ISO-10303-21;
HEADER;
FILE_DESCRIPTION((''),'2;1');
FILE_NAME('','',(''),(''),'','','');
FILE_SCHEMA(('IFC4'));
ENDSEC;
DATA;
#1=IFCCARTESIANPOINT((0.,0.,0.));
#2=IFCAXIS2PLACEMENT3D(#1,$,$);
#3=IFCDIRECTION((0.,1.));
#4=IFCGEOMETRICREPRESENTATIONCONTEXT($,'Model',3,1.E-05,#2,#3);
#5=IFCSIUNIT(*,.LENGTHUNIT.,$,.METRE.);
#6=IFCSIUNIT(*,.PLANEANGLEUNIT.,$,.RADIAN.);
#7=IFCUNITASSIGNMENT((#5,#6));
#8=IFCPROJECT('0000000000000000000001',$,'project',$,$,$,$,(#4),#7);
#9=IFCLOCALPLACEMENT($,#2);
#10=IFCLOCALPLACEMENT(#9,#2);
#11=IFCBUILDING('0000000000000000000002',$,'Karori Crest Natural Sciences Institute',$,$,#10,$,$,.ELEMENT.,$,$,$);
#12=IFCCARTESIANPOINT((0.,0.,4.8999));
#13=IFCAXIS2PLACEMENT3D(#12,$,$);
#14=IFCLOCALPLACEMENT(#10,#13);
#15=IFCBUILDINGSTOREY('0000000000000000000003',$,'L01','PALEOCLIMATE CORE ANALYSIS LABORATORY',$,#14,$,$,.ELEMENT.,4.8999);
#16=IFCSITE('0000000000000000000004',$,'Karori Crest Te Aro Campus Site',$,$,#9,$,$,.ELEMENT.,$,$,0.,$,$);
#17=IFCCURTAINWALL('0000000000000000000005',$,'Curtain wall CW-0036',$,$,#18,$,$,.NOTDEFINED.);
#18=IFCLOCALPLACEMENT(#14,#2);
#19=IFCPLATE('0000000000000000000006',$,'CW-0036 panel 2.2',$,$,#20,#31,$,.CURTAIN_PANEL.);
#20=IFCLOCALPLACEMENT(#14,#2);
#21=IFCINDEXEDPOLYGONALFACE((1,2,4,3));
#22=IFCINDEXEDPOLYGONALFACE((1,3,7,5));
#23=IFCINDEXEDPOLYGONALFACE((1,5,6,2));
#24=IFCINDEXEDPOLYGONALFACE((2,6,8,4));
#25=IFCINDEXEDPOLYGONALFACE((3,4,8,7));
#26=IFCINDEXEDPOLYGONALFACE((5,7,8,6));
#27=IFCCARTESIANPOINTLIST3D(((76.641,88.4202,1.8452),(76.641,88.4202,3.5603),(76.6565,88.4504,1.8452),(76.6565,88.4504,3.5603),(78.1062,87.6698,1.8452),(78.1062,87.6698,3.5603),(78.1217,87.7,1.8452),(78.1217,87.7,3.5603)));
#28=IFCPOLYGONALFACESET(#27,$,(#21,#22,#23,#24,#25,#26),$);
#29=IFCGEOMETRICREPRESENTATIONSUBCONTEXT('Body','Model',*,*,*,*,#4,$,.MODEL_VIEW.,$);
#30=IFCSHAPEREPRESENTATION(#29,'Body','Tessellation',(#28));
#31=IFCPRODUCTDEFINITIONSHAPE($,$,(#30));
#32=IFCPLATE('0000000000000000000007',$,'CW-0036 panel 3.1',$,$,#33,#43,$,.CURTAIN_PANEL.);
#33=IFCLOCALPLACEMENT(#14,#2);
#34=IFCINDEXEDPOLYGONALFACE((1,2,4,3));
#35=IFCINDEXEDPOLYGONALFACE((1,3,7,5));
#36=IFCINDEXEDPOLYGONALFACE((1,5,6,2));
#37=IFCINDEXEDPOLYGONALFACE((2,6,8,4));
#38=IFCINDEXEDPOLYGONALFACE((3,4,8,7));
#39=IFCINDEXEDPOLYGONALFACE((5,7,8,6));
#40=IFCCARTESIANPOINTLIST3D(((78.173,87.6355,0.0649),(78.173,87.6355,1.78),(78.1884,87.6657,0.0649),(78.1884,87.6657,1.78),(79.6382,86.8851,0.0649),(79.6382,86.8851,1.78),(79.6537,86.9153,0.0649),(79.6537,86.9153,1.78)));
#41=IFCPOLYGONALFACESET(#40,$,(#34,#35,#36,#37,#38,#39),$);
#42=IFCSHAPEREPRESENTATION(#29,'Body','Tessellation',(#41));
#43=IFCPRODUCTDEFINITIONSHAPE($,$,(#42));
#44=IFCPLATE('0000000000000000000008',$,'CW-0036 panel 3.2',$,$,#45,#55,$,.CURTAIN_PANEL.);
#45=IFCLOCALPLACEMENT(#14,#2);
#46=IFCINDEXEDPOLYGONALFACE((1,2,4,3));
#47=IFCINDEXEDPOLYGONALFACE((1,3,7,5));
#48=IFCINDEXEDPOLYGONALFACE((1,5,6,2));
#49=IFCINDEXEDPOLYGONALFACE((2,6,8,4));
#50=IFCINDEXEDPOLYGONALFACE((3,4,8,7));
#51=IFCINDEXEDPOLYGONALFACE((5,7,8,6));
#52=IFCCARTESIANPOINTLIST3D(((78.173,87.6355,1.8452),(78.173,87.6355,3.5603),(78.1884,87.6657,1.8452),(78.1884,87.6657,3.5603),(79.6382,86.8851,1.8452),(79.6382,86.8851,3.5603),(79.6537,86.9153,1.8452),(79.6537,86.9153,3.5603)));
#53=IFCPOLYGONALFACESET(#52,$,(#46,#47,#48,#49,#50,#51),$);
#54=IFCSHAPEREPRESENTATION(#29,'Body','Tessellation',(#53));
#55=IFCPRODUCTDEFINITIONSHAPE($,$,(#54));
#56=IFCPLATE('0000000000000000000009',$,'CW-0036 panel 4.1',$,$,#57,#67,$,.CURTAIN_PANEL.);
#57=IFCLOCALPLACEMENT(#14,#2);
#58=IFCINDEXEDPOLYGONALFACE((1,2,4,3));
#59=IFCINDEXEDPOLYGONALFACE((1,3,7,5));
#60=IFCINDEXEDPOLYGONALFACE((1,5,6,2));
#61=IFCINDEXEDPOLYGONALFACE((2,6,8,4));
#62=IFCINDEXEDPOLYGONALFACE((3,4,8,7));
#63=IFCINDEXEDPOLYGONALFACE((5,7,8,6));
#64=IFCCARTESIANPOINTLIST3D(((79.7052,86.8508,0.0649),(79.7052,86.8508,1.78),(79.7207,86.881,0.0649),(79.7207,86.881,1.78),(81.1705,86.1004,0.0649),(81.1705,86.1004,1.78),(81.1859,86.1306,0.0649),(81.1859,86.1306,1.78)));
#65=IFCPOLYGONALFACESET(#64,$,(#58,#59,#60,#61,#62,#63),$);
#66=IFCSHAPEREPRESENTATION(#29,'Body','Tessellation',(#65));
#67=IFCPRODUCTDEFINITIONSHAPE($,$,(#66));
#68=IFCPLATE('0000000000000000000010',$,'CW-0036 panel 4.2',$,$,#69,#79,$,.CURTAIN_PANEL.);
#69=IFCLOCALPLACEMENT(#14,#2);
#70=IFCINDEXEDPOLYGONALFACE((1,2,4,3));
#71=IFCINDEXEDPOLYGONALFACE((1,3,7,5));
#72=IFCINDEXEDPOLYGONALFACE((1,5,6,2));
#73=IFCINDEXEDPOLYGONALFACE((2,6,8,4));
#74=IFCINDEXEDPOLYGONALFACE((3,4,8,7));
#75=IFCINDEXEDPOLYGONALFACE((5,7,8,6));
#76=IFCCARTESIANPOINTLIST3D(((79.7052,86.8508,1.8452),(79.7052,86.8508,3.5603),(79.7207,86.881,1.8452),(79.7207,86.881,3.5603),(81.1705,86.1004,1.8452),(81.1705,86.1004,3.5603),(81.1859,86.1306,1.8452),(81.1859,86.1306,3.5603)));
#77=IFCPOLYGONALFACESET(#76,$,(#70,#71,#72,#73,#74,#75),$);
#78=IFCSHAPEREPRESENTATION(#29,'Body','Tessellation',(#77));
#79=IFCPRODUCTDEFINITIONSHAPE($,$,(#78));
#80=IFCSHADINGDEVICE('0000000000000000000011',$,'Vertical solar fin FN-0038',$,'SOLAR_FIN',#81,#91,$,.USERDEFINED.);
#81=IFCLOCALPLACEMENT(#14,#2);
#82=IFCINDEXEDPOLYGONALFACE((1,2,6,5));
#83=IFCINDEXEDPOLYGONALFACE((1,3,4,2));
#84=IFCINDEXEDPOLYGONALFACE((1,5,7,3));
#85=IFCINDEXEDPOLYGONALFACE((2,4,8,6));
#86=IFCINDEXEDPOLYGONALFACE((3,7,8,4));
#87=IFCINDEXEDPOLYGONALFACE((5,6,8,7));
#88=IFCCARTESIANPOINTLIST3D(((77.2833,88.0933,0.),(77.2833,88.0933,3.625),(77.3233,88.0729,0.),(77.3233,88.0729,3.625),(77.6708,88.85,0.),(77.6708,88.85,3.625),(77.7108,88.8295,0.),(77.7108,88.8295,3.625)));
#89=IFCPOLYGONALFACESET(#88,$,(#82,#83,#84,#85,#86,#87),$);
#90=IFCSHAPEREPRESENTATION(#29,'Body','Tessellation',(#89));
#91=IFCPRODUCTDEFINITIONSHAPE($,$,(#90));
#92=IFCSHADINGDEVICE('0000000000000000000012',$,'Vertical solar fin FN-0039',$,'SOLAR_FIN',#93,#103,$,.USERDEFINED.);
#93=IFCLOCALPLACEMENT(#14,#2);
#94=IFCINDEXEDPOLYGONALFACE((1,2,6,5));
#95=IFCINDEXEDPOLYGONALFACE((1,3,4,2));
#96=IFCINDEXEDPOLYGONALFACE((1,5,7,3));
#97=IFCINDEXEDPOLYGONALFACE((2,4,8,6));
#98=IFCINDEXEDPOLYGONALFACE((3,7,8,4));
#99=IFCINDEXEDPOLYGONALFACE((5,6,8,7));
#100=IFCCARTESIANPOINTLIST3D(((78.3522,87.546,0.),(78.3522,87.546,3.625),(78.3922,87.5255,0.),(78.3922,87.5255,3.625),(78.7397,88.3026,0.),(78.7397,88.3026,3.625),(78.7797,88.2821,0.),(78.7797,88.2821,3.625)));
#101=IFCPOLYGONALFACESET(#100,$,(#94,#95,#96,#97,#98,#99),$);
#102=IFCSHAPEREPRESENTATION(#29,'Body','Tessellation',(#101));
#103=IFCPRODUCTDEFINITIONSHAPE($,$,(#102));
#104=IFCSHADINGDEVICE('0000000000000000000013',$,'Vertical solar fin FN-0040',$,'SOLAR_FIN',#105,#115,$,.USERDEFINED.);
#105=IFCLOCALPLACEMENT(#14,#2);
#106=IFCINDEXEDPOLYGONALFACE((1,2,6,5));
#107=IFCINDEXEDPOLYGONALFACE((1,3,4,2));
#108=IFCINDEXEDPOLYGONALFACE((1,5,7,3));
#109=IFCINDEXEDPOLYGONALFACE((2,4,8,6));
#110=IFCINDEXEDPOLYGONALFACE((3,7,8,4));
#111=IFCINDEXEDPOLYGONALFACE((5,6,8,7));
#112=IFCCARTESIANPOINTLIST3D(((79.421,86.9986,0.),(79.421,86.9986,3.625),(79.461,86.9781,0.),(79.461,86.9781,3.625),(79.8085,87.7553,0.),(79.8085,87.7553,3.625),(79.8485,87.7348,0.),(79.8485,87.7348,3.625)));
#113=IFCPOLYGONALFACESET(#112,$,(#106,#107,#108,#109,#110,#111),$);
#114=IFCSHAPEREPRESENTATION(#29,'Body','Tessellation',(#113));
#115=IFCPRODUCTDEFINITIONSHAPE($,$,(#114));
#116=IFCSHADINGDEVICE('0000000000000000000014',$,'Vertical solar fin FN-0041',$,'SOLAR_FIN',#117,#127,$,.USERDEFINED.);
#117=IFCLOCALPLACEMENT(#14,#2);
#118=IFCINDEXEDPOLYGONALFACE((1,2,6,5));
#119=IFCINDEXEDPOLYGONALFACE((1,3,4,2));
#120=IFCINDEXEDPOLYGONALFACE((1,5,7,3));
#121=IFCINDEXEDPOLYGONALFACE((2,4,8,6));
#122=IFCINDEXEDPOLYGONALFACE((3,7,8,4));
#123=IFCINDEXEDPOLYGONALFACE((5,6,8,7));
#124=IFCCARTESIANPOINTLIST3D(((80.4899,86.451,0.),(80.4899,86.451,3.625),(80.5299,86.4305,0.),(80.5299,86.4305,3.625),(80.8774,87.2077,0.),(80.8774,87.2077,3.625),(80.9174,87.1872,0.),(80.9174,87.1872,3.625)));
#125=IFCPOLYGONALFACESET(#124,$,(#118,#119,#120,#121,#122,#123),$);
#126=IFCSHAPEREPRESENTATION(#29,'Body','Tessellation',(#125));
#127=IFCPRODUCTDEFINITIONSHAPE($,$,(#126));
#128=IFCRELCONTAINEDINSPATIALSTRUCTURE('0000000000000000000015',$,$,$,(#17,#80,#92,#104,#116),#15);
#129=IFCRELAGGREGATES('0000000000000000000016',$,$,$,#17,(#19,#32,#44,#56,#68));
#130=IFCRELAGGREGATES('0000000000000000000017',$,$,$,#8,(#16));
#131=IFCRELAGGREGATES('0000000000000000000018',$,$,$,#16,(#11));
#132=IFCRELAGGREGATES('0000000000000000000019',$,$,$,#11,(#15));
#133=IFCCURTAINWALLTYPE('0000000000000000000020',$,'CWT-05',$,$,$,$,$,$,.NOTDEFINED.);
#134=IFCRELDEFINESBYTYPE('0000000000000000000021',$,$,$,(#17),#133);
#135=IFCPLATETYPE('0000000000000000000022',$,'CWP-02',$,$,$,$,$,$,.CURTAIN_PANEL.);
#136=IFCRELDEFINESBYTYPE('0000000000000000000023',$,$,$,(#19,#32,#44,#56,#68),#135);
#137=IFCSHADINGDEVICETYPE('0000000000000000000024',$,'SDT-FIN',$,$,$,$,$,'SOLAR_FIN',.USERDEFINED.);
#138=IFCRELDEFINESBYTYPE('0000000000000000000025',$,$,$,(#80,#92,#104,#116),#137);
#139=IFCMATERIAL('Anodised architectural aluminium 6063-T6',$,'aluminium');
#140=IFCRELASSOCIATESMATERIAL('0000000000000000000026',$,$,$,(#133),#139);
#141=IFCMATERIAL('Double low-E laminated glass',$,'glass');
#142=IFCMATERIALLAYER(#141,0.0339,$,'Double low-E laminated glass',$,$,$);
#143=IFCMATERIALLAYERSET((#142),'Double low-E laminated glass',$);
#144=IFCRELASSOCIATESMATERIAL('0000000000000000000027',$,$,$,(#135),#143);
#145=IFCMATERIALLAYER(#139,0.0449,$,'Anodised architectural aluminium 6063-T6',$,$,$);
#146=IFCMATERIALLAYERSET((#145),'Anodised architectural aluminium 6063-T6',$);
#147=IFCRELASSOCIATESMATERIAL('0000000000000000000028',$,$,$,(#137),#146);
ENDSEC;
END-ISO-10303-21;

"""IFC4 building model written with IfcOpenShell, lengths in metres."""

from ifc_helpers import new_model, si_unit, direction, frame, origin, origin_2d, place, context, subcontext, project, spatial, rectangle, extrude, material, layer, layer_set, type_object, element, aggregate, save


model = new_model("IFC4")

# Units and contexts
model_context = context("Model", 3, precision=1e-05, world=origin(), true_north=direction((0.0, 1.0)))
body_context = subcontext(model_context, "Body", "Model", "MODEL_VIEW")
ifc_project = project(units=[si_unit("LENGTHUNIT", "METRE"), si_unit("PLANEANGLEUNIT", "RADIAN")], contexts=[model_context])

# Site, building, storey
site_placement = place(None, origin())
site = spatial("IfcSite", under=ifc_project, at=site_placement, Name="Karori Crest Te Aro Campus Site", CompositionType="ELEMENT", RefElevation=0.0)
building_placement = place(site_placement, origin())
building = spatial("IfcBuilding", under=site, at=building_placement, Name="Karori Crest Natural Sciences Institute", CompositionType="ELEMENT")
storey_placement = place(building_placement, frame((0.0, 0.0, 4.8999)))
storey = spatial("IfcBuildingStorey", under=building, at=storey_placement, Name="L01", Description="PALEOCLIMATE CORE ANALYSIS LABORATORY", CompositionType="ELEMENT", Elevation=4.8999)

# Curtain wall, plates
ifc_material_1 = material(Name="Anodised architectural aluminium 6063-T6", Category="aluminium")
curtain_wall_type = type_object("IfcCurtainWallType", Name="CWT-05", PredefinedType="NOTDEFINED", material=ifc_material_1)
curtain_wall_placement = place(storey_placement, origin())
curtain_wall = element("IfcCurtainWall", 1, at=curtain_wall_placement, inside=storey, type_object=curtain_wall_type, Name="Curtain wall CW-0036", PredefinedType="NOTDEFINED")
ifc_material_2 = material(Name="Double low-E laminated glass", Category="glass")
ifc_layer_1 = layer(ifc_material_2, 0.0339, Name="Double low-E laminated glass")
ifc_layer_set_1 = layer_set([ifc_layer_1], Name="Double low-E laminated glass")
plate_type = type_object("IfcPlateType", Name="CWP-02", PredefinedType="CURTAIN_PANEL", material=ifc_layer_set_1)
plate_1_placement = place(storey_placement, frame((77.3813, 88.0601, 1.8452), z_axis=(0.0, 0.0, 1.0), x_axis=(0.890065, -0.455833, 0.0)))
plate_1 = element("IfcPlate", 2, at=plate_1_placement, type_object=plate_type, Name="CW-0036 panel 2.2", PredefinedType="CURTAIN_PANEL", context=body_context, shape_type="SweptSolid", body=[
    extrude(rectangle(XDim=1.6462, YDim=0.0339, at=origin_2d()), origin(), (0.0, 0.0, 1.0), 1.7151),
])
plate_2_placement = place(storey_placement, frame((78.9133, 87.2754, 0.0649), z_axis=(0.0, 0.0, 1.0), x_axis=(0.890065, -0.455833, 0.0)))
plate_2 = element("IfcPlate", 3, at=plate_2_placement, type_object=plate_type, Name="CW-0036 panel 3.1", PredefinedType="CURTAIN_PANEL", context=body_context, shape_type="SweptSolid", body=[
    extrude(rectangle(XDim=1.6462, YDim=0.0339, at=origin_2d()), origin(), (0.0, 0.0, 1.0), 1.7151),
])
plate_3_placement = place(storey_placement, frame((78.9133, 87.2754, 1.8452), z_axis=(0.0, 0.0, 1.0), x_axis=(0.890065, -0.455833, 0.0)))
plate_3 = element("IfcPlate", 4, at=plate_3_placement, type_object=plate_type, Name="CW-0036 panel 3.2", PredefinedType="CURTAIN_PANEL", context=body_context, shape_type="SweptSolid", body=[
    extrude(rectangle(XDim=1.6462, YDim=0.0339, at=origin_2d()), origin(), (0.0, 0.0, 1.0), 1.7151),
])
plate_4_placement = place(storey_placement, frame((80.4456, 86.4907, 0.0649), z_axis=(0.0, 0.0, 1.0), x_axis=(0.890065, -0.455833, 0.0)))
plate_4 = element("IfcPlate", 5, at=plate_4_placement, type_object=plate_type, Name="CW-0036 panel 4.1", PredefinedType="CURTAIN_PANEL", context=body_context, shape_type="SweptSolid", body=[
    extrude(rectangle(XDim=1.6462, YDim=0.0339, at=origin_2d()), origin(), (0.0, 0.0, 1.0), 1.7151),
])
plate_5_placement = place(storey_placement, frame((80.4456, 86.4907, 1.8452), z_axis=(0.0, 0.0, 1.0), x_axis=(0.890065, -0.455833, 0.0)))
plate_5 = element("IfcPlate", 6, at=plate_5_placement, type_object=plate_type, Name="CW-0036 panel 4.2", PredefinedType="CURTAIN_PANEL", context=body_context, shape_type="SweptSolid", body=[
    extrude(rectangle(XDim=1.6462, YDim=0.0339, at=origin_2d()), origin(), (0.0, 0.0, 1.0), 1.7151),
])
aggregate(curtain_wall, [plate_1, plate_2, plate_3, plate_4, plate_5])

# Shading devices
ifc_layer_2 = layer(ifc_material_1, 0.0449, Name="Anodised architectural aluminium 6063-T6")
ifc_layer_set_2 = layer_set([ifc_layer_2], Name="Anodised architectural aluminium 6063-T6")
shading_device_type = type_object("IfcShadingDeviceType", Name="SDT-FIN", ElementType="SOLAR_FIN", PredefinedType="USERDEFINED", material=ifc_layer_set_2)
for number, where, z_axis, x_axis, name in (
    (7, (77.4971, 88.4614, 0.0), (0.0, 0.0, 1.0), (0.455832, 0.890066, 0.0), "Vertical solar fin FN-0038"),
    (8, (78.5659, 87.9141, 0.0), (0.0, 0.0, 1.0), (0.455832, 0.890066, 0.0), "Vertical solar fin FN-0039"),
    (9, (79.6348, 87.3667, 0.0), (0.0, 0.0, 1.0), (0.455832, 0.890066, 0.0), "Vertical solar fin FN-0040"),
    (10, (80.7036, 86.8191, 0.0), (0.0, 0.0, 1.0), (0.455832, 0.890066, 0.0), "Vertical solar fin FN-0041"),
):
    element("IfcShadingDevice", number, at=place(storey_placement, frame(where, z_axis=z_axis, x_axis=x_axis)), inside=storey, type_object=shading_device_type, Name=name, ObjectType="SOLAR_FIN", PredefinedType="USERDEFINED", context=body_context, shape_type="SweptSolid", body=[
        extrude(rectangle(XDim=0.8501, YDim=0.0449, at=origin_2d()), origin(), (0.0, 0.0, 1.0), 3.625),
    ])

save(model, "model.ifc")
